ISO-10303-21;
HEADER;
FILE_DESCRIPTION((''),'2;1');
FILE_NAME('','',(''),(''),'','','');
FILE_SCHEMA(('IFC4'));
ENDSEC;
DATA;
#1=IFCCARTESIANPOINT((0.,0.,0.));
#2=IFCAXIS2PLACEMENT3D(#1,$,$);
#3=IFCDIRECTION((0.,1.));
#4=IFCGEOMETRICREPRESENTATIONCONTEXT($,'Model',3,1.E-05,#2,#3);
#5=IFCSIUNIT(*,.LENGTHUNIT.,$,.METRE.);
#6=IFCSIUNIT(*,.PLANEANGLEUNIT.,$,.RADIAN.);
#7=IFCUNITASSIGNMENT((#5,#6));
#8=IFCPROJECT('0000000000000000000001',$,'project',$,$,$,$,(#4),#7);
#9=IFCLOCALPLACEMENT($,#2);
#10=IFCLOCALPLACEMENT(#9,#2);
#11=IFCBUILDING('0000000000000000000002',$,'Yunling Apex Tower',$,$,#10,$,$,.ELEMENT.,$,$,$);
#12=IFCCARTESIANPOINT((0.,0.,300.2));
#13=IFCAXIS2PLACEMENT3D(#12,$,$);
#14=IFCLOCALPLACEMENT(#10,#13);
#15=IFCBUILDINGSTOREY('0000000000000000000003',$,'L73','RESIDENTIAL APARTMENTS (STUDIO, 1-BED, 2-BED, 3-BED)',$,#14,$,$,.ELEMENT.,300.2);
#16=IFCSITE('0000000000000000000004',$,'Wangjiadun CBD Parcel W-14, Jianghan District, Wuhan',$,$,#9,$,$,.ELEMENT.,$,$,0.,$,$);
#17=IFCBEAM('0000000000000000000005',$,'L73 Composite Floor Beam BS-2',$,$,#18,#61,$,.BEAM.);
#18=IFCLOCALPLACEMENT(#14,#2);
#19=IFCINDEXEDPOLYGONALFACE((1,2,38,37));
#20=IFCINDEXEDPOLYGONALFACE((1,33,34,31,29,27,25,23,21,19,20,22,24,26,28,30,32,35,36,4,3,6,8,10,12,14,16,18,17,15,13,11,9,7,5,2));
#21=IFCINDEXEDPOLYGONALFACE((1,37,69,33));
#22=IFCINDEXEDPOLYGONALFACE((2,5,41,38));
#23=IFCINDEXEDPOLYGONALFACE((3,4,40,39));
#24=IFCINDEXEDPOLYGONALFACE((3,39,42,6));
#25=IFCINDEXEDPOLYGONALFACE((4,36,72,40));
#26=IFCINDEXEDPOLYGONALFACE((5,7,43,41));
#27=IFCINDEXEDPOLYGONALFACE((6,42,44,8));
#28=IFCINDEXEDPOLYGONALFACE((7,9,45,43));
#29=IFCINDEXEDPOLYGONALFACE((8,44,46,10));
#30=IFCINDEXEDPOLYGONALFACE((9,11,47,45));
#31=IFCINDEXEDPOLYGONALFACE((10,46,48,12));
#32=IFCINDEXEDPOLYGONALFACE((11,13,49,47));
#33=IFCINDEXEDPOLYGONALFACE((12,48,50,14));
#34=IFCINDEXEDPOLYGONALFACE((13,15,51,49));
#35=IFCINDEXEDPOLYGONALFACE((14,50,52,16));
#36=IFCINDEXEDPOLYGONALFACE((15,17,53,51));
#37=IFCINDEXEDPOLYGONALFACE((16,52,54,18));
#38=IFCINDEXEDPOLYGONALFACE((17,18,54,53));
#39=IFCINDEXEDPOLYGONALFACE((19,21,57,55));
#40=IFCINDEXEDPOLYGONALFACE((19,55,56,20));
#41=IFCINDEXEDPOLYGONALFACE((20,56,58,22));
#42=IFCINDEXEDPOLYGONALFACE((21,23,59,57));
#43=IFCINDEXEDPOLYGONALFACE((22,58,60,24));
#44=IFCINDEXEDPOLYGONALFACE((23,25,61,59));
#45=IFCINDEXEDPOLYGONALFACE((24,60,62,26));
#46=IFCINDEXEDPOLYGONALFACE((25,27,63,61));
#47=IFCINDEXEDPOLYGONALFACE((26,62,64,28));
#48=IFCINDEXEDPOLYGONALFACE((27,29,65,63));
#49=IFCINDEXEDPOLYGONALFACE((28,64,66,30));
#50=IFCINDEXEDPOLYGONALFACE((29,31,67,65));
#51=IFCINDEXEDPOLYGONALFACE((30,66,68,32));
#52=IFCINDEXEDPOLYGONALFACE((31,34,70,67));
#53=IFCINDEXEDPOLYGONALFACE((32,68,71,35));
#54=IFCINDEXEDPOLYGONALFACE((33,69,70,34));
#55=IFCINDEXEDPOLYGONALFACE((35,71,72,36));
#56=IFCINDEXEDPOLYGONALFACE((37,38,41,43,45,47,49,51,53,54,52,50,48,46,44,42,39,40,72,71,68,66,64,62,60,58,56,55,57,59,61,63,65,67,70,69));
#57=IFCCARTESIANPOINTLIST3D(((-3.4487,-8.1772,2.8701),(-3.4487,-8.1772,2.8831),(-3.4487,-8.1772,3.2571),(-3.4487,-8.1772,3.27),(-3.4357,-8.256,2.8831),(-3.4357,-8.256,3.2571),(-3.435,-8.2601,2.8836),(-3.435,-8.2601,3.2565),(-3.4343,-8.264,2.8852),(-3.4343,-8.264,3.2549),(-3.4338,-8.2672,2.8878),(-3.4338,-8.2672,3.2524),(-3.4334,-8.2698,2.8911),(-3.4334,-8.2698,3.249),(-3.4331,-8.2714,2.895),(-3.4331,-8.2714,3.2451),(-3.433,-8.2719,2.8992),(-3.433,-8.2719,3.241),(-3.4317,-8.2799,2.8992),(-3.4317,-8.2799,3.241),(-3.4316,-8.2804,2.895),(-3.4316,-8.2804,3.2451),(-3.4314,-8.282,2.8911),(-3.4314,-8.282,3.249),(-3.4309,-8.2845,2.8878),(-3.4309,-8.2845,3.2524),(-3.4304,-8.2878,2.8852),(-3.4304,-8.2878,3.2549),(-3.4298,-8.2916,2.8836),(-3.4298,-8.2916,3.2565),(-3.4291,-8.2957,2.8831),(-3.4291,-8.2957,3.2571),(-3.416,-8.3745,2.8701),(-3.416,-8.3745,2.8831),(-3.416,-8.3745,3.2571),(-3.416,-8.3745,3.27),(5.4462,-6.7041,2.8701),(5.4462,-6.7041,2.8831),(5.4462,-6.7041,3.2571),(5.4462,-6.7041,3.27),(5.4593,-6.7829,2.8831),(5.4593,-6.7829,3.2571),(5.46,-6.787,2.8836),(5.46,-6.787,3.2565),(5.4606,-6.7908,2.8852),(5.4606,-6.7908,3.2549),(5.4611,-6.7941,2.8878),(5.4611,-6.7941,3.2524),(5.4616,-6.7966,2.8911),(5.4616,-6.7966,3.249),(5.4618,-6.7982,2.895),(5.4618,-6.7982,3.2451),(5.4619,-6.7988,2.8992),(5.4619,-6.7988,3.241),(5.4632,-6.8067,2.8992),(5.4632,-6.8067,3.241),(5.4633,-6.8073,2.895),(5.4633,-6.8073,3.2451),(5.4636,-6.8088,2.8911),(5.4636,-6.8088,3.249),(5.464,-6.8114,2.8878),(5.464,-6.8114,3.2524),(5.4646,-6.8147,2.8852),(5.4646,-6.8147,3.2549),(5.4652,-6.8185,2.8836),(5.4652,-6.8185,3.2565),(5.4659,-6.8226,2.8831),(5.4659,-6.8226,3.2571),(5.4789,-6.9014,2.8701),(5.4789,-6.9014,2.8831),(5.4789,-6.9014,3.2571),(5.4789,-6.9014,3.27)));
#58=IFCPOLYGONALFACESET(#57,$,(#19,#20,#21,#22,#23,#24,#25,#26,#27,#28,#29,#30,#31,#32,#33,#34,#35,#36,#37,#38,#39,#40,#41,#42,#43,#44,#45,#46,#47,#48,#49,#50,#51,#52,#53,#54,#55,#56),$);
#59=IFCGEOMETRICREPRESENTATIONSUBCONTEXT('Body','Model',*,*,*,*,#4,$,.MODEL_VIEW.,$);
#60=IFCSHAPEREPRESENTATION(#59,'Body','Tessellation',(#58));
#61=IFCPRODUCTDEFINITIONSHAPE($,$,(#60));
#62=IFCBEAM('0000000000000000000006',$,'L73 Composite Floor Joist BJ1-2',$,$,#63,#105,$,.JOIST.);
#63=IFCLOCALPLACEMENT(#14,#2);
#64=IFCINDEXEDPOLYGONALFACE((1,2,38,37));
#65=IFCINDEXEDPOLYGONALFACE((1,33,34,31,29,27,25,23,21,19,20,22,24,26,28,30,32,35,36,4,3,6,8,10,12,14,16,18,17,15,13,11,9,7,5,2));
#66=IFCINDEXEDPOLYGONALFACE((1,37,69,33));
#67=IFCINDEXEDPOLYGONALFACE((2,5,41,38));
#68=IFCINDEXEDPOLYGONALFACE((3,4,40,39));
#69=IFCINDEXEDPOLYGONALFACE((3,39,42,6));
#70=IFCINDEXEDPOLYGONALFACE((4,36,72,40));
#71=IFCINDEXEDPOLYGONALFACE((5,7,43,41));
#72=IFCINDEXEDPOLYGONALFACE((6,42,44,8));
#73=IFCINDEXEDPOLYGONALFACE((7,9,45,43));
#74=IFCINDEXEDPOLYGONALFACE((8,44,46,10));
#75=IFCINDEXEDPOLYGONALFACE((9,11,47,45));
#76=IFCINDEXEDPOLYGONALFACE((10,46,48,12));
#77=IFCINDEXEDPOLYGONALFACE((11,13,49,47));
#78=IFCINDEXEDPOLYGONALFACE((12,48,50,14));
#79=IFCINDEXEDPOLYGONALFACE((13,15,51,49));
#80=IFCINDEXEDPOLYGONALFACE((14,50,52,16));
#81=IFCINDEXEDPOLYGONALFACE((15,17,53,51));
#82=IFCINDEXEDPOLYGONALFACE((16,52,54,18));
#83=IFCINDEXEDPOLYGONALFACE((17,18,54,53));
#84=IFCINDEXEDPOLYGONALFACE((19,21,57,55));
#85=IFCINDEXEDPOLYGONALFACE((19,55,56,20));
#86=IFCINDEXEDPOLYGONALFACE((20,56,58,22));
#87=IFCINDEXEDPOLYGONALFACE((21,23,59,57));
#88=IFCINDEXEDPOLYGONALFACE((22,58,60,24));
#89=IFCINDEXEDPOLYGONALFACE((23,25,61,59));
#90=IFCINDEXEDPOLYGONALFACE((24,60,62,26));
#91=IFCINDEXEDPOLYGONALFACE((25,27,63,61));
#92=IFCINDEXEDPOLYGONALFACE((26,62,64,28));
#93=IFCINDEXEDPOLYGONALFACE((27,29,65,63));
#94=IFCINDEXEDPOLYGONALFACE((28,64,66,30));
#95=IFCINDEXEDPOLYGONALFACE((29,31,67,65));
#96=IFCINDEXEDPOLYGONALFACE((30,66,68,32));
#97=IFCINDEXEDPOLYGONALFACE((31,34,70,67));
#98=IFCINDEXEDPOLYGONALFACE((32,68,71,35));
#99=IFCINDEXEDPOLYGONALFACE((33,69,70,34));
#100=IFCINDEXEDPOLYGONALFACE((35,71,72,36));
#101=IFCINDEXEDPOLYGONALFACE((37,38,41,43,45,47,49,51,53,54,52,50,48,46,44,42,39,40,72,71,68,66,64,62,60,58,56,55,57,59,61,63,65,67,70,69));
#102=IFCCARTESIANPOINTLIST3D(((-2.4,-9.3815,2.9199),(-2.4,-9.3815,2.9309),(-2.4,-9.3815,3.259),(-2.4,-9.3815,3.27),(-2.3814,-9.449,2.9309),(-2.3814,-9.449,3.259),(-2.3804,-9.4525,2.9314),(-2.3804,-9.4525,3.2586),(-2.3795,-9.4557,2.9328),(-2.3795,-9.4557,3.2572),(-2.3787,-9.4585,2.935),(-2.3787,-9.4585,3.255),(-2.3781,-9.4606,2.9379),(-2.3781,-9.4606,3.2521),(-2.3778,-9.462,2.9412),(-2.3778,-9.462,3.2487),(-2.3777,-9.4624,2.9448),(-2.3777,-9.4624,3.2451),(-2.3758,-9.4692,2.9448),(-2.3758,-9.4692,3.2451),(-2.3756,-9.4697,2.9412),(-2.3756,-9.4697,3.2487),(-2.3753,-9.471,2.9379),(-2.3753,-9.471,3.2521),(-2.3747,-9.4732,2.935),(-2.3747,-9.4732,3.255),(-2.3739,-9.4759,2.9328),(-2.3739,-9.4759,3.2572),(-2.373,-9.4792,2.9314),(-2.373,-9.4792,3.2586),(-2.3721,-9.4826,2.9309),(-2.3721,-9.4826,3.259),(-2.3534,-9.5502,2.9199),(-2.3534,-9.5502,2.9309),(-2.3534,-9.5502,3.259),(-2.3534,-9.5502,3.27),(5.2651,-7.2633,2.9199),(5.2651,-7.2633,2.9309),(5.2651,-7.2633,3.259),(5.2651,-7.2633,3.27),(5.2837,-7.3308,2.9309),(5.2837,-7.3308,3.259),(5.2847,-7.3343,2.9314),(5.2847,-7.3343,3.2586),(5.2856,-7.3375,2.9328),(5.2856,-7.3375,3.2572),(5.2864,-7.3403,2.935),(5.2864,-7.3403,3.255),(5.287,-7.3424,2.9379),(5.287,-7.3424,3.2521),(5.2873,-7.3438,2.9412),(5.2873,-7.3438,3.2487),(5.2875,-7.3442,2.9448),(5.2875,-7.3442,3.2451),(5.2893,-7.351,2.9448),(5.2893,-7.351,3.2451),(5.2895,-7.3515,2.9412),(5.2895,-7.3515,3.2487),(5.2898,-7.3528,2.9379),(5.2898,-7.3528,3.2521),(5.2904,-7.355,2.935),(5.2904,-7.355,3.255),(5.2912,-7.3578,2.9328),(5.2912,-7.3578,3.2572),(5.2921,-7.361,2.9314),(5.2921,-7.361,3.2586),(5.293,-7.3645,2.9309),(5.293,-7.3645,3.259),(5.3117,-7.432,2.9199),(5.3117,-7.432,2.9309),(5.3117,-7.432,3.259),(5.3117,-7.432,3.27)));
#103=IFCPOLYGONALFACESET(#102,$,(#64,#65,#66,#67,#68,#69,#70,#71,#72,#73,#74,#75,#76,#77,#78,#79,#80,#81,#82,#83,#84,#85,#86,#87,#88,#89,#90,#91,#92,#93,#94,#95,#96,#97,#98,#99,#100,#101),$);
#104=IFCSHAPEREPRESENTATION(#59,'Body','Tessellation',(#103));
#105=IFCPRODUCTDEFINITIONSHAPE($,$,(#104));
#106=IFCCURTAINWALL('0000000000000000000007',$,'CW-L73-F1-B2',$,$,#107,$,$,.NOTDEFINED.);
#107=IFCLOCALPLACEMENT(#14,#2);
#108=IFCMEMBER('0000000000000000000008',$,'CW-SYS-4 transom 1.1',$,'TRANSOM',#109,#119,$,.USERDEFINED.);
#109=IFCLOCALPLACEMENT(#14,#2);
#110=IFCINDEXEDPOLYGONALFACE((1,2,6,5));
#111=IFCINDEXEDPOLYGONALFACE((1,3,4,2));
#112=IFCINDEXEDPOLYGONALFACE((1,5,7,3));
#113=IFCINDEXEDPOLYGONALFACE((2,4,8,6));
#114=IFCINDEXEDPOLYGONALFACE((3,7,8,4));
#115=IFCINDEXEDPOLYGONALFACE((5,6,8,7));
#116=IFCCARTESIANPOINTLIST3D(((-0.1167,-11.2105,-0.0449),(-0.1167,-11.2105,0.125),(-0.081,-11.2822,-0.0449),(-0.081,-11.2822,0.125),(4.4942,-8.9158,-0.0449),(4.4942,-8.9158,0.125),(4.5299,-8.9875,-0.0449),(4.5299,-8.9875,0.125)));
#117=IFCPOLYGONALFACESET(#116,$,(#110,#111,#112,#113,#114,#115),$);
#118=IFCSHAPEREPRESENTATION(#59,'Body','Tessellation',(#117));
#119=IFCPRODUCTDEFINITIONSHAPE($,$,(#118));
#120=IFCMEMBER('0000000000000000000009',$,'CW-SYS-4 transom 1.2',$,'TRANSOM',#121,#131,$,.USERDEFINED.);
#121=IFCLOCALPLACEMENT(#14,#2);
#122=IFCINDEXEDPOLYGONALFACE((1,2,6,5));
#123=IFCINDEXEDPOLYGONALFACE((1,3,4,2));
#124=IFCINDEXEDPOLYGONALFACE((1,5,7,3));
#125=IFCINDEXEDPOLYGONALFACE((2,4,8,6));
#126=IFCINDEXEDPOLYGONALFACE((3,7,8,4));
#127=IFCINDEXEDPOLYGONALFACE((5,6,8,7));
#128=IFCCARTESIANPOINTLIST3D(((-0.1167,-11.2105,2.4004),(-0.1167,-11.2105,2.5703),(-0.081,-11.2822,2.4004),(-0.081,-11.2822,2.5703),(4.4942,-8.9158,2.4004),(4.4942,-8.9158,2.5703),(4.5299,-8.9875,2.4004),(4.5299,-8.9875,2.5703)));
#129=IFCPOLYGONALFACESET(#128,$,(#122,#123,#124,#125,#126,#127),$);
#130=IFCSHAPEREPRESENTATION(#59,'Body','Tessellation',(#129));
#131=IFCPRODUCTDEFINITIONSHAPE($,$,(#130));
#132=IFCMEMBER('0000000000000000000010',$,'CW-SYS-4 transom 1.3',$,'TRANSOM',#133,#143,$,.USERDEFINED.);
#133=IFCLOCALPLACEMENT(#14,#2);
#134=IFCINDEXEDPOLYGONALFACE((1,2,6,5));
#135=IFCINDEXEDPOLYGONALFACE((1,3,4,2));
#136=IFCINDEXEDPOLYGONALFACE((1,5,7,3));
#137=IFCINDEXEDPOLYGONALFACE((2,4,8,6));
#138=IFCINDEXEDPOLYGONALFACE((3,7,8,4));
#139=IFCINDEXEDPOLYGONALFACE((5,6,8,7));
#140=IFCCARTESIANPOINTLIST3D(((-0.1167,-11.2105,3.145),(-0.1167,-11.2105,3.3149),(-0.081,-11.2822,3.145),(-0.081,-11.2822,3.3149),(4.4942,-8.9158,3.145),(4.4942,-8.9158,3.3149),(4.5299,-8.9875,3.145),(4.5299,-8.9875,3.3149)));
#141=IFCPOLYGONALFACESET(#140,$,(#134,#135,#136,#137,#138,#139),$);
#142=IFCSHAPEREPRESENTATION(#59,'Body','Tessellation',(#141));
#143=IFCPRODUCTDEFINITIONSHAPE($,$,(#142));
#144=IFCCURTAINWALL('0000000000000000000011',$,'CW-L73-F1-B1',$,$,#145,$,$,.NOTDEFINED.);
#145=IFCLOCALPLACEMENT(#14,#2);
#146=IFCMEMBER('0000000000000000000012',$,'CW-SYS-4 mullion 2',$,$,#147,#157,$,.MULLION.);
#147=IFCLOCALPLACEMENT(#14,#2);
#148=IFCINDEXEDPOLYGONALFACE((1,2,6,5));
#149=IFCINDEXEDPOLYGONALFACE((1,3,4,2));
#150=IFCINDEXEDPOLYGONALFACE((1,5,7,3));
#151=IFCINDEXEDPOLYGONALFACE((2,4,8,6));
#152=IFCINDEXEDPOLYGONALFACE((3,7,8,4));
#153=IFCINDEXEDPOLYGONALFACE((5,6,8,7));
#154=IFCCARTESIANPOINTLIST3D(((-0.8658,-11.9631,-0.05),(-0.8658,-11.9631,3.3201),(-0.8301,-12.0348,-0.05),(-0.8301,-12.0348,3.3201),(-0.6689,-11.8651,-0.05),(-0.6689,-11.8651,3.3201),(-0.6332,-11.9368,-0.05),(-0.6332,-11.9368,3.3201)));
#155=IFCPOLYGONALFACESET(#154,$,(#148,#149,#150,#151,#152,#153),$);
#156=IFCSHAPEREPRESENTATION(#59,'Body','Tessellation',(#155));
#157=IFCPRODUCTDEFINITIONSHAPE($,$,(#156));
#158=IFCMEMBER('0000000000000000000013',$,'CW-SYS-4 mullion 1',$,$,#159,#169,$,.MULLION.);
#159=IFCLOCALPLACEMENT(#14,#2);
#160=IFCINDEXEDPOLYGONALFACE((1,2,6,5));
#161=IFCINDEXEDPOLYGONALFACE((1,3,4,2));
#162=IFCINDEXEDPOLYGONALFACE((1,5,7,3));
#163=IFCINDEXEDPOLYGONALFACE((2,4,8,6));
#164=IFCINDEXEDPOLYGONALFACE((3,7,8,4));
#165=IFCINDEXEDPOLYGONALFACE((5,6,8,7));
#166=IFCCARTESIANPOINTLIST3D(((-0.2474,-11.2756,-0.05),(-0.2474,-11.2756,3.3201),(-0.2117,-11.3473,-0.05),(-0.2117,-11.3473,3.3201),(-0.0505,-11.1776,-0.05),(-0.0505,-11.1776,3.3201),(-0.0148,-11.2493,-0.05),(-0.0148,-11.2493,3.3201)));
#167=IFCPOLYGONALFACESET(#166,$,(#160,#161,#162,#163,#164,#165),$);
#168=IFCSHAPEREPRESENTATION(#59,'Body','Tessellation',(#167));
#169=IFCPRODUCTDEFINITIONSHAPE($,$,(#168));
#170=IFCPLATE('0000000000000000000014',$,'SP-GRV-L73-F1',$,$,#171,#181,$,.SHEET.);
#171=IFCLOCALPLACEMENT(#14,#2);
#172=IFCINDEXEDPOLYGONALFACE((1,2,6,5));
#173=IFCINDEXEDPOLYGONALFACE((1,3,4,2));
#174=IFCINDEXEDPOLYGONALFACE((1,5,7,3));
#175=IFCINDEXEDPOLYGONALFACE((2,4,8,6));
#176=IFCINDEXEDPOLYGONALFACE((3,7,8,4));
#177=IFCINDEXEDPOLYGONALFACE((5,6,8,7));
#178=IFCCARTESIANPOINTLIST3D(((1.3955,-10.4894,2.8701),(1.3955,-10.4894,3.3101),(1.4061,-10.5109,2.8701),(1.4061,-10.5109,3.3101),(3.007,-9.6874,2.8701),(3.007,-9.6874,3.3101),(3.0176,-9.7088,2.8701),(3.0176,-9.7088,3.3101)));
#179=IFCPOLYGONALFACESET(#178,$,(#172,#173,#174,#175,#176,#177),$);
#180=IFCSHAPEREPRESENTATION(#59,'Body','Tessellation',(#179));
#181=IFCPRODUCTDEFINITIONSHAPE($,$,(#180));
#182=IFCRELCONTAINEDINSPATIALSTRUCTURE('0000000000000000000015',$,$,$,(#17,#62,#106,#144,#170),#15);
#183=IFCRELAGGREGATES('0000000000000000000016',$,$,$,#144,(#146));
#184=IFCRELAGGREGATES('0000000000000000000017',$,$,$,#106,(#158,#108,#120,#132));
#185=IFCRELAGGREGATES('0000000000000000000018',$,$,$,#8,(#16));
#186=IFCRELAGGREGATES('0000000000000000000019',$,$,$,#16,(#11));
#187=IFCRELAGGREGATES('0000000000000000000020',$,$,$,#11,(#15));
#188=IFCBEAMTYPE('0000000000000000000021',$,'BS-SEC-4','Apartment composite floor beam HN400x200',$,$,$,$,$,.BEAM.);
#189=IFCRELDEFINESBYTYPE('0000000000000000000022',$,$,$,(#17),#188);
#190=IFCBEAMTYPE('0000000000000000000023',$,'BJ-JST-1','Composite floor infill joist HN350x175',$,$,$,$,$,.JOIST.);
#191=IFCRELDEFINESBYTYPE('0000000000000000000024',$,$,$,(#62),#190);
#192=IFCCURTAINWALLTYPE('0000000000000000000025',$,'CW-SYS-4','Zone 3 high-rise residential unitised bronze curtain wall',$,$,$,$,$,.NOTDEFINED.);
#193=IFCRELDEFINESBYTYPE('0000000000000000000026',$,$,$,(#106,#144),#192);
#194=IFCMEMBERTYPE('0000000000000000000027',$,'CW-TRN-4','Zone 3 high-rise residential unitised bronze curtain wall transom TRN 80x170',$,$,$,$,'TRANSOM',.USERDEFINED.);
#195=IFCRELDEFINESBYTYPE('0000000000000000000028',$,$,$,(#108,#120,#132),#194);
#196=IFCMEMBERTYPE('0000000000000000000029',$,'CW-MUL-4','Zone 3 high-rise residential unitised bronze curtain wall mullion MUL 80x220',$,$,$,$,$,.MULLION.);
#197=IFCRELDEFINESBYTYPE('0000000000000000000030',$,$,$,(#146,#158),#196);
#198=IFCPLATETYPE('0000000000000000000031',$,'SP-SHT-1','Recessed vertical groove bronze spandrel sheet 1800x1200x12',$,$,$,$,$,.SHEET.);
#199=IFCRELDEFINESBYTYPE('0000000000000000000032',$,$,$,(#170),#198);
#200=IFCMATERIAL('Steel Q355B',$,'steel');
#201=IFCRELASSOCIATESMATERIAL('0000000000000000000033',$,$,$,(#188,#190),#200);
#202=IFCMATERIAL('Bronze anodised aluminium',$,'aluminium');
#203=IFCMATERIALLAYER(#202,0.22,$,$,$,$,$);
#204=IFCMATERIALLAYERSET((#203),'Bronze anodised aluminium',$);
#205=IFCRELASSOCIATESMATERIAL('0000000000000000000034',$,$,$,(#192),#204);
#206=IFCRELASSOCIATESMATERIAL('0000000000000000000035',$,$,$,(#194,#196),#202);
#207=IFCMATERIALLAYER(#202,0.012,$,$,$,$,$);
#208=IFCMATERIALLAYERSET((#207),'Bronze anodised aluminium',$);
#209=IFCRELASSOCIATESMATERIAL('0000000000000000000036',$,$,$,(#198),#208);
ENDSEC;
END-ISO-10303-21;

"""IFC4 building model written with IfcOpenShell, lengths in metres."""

from ifc_helpers import new_model, si_unit, direction, frame, origin, origin_2d, place, context, subcontext, project, spatial, rectangle, i_section, extrude, source, transform, mapped, material, layer, layer_set, material_profile, profile_set, type_object, element, aggregate, save


model = new_model("IFC4")

# Units and contexts
model_context = context("Model", 3, precision=1e-05, world=origin(), true_north=direction((0.0, 1.0)))
body_context = subcontext(model_context, "Body", "Model", "MODEL_VIEW")
ifc_project = project(units=[si_unit("LENGTHUNIT", "METRE"), si_unit("PLANEANGLEUNIT", "RADIAN")], contexts=[model_context])

# Site, building, storey
site_placement = place(None, origin())
site = spatial("IfcSite", under=ifc_project, at=site_placement, Name="Wangjiadun CBD Parcel W-14, Jianghan District, Wuhan", CompositionType="ELEMENT", RefElevation=0.0)
building_placement = place(site_placement, origin())
building = spatial("IfcBuilding", under=site, at=building_placement, Name="Yunling Apex Tower", CompositionType="ELEMENT")
storey_placement = place(building_placement, frame((0.0, 0.0, 300.2)))
storey = spatial("IfcBuildingStorey", under=building, at=storey_placement, Name="L73", Description="RESIDENTIAL APARTMENTS (STUDIO, 1-BED, 2-BED, 3-BED)", CompositionType="ELEMENT", Elevation=300.2)

# Shared definitions
ifc_material_1 = material(Name="Steel Q355B", Category="steel")

# Beams
ifc_material_profile_1 = material_profile(ifc_material_1, i_section(OverallWidth=0.2, OverallDepth=0.3999, WebThickness=0.0081, FlangeThickness=0.0129, FilletRadius=0.0161, at=origin_2d()))
ifc_profile_set_1 = profile_set([ifc_material_profile_1], Name="Steel Q355B")
beam_type_1 = type_object("IfcBeamType", Name="BS-SEC-4", Description="Apartment composite floor beam HN400x200", PredefinedType="BEAM", material=ifc_profile_set_1)
shared_shape_1 = source(origin(), body_context, "Body", "SweptSolid", [
    extrude(i_section(OverallWidth=0.2, OverallDepth=0.3999, WebThickness=0.0081, FlangeThickness=0.0129, FilletRadius=0.0161, at=origin_2d()), origin(), (0.0, 0.0, 1.0), 9.0161),
])
beam_1_placement = place(storey_placement, frame((-3.4324, -8.2759, 3.0701), z_axis=(0.986562, 0.163389, 0.0), x_axis=(-0.163389, 0.986562, 0.0)))
element("IfcBeam", 1, at=beam_1_placement, inside=storey, type_object=beam_type_1, Name="L73 Composite Floor Beam BS-2", PredefinedType="BEAM", context=body_context, shape_type="MappedRepresentation", body=[
    mapped(shared_shape_1, transform((0.0, 0.0, 0.0), scale=1.0)),
])
ifc_material_profile_2 = material_profile(ifc_material_1, i_section(OverallWidth=0.175, OverallDepth=0.3501, WebThickness=0.0071, FlangeThickness=0.011, FilletRadius=0.0139, at=origin_2d()))
ifc_profile_set_2 = profile_set([ifc_material_profile_2], Name="Steel Q355B")
beam_type_2 = type_object("IfcBeamType", Name="BJ-JST-1", Description="Composite floor infill joist HN350x175", PredefinedType="JOIST", material=ifc_profile_set_2)
shared_shape_2 = source(origin(), body_context, "Body", "SweptSolid", [
    extrude(i_section(OverallWidth=0.175, OverallDepth=0.3501, WebThickness=0.0071, FlangeThickness=0.011, FilletRadius=0.0139, at=origin_2d()), origin(), (0.0, 0.0, 1.0), 7.9524),
])
beam_2_placement = place(storey_placement, frame((-2.3767, -9.4658, 3.095), z_axis=(0.963874, 0.266358, 0.0), x_axis=(-0.266358, 0.963874, 0.0)))
element("IfcBeam", 2, at=beam_2_placement, inside=storey, type_object=beam_type_2, Name="L73 Composite Floor Joist BJ1-2", PredefinedType="JOIST", context=body_context, shape_type="MappedRepresentation", body=[
    mapped(shared_shape_2, transform((0.0, 0.0, 0.0), scale=1.0)),
])

# Curtain wall, members
ifc_material_2 = material(Name="Bronze anodised aluminium", Category="aluminium")
ifc_layer_1 = layer(ifc_material_2, 0.22)
ifc_layer_set_1 = layer_set([ifc_layer_1], Name="Bronze anodised aluminium")
curtain_wall_type = type_object("IfcCurtainWallType", Name="CW-SYS-4", Description="Zone 3 high-rise residential unitised bronze curtain wall", PredefinedType="NOTDEFINED", material=ifc_layer_set_1)
curtain_wall_1_placement = place(storey_placement, origin())
curtain_wall_1 = element("IfcCurtainWall", 3, at=curtain_wall_1_placement, inside=storey, type_object=curtain_wall_type, Name="CW-L73-F1-B2", PredefinedType="NOTDEFINED")
ifc_material_profile_3 = material_profile(ifc_material_2, rectangle(XDim=0.0801, YDim=0.1699, at=origin_2d()))
ifc_profile_set_3 = profile_set([ifc_material_profile_3], Name="Bronze anodised aluminium")
member_type_1 = type_object("IfcMemberType", Name="CW-TRN-4", Description="Zone 3 high-rise residential unitised bronze curtain wall transom TRN 80x170", ElementType="TRANSOM", PredefinedType="USERDEFINED", material=ifc_profile_set_3)
shared_shape_3 = source(origin(), body_context, "Body", "SweptSolid", [
    extrude(rectangle(XDim=0.0801, YDim=0.1699, at=origin_2d()), origin(), (0.0, 0.0, 1.0), 5.1504),
])
member_1_placement = place(storey_placement, frame((-0.0989, -11.2463, 0.04), z_axis=(0.89526, 0.445544, 0.0), x_axis=(-0.445544, 0.89526, 0.0)))
member_1 = element("IfcMember", 4, at=member_1_placement, type_object=member_type_1, Name="CW-SYS-4 transom 1.1", ObjectType="TRANSOM", PredefinedType="USERDEFINED", context=body_context, shape_type="MappedRepresentation", body=[
    mapped(shared_shape_3, transform((0.0, 0.0, 0.0), scale=1.0)),
])
member_2_placement = place(storey_placement, frame((-0.0989, -11.2463, 2.4854), z_axis=(0.89526, 0.445544, 0.0), x_axis=(-0.445544, 0.89526, 0.0)))
member_2 = element("IfcMember", 5, at=member_2_placement, type_object=member_type_1, Name="CW-SYS-4 transom 1.2", ObjectType="TRANSOM", PredefinedType="USERDEFINED", context=body_context, shape_type="MappedRepresentation", body=[
    mapped(shared_shape_3, transform((0.0, 0.0, 0.0), scale=1.0)),
])
member_3_placement = place(storey_placement, frame((-0.0989, -11.2463, 3.23), z_axis=(0.89526, 0.445544, 0.0), x_axis=(-0.445544, 0.89526, 0.0)))
member_3 = element("IfcMember", 6, at=member_3_placement, type_object=member_type_1, Name="CW-SYS-4 transom 1.3", ObjectType="TRANSOM", PredefinedType="USERDEFINED", context=body_context, shape_type="MappedRepresentation", body=[
    mapped(shared_shape_3, transform((0.0, 0.0, 0.0), scale=1.0)),
])

# Curtain wall, member
curtain_wall_2_placement = place(storey_placement, origin())
curtain_wall_2 = element("IfcCurtainWall", 7, at=curtain_wall_2_placement, inside=storey, type_object=curtain_wall_type, Name="CW-L73-F1-B1", PredefinedType="NOTDEFINED")
ifc_material_profile_4 = material_profile(ifc_material_2, rectangle(XDim=0.0801, YDim=0.22, at=origin_2d()))
ifc_profile_set_4 = profile_set([ifc_material_profile_4], Name="Bronze anodised aluminium")
member_type_2 = type_object("IfcMemberType", Name="CW-MUL-4", Description="Zone 3 high-rise residential unitised bronze curtain wall mullion MUL 80x220", PredefinedType="MULLION", material=ifc_profile_set_4)
shared_shape_4 = source(origin(), body_context, "Body", "SweptSolid", [
    extrude(rectangle(XDim=0.0801, YDim=0.22, at=origin_2d()), origin(), (0.0, 0.0, 1.0), 3.3701),
])
member_4_placement = place(storey_placement, frame((-0.7495, -11.95, -0.05), z_axis=(0.0, 0.0, 1.0), x_axis=(-0.445568, 0.895248, 0.0)))
member_4 = element("IfcMember", 8, at=member_4_placement, type_object=member_type_2, Name="CW-SYS-4 mullion 2", PredefinedType="MULLION", context=body_context, shape_type="MappedRepresentation", body=[
    mapped(shared_shape_4, transform((0.0, 0.0, 0.0), scale=1.0)),
])
aggregate(curtain_wall_2, [member_4])

# Member
member_5_placement = place(storey_placement, frame((-0.1311, -11.2625, -0.05), z_axis=(0.0, 0.0, 1.0), x_axis=(-0.445561, 0.895252, 0.0)))
member_5 = element("IfcMember", 9, at=member_5_placement, type_object=member_type_2, Name="CW-SYS-4 mullion 1", PredefinedType="MULLION", context=body_context, shape_type="MappedRepresentation", body=[
    mapped(shared_shape_4, transform((0.0, 0.0, 0.0), scale=1.0)),
])

# Plate
ifc_layer_2 = layer(ifc_material_2, 0.012)
ifc_layer_set_2 = layer_set([ifc_layer_2], Name="Bronze anodised aluminium")
plate_type_1 = type_object("IfcPlateType", Name="SP-SHT-1", Description="Recessed vertical groove bronze spandrel sheet 1800x1200x12", PredefinedType="SHEET", material=ifc_layer_set_2)
shared_shape_5 = source(origin(), body_context, "Body", "SweptSolid", [
    extrude(rectangle(XDim=1.8, YDim=0.0239, at=origin_2d()), origin(), (0.0, 0.0, 1.0), 0.4399),
])
plate_1_placement = place(storey_placement, frame((2.2065, -10.0991, 2.8701), z_axis=(0.0, 0.0, 1.0), x_axis=(0.895246, 0.445573, 0.0)))
element("IfcPlate", 10, at=plate_1_placement, inside=storey, type_object=plate_type_1, Name="SP-GRV-L73-F1", PredefinedType="SHEET", context=body_context, shape_type="MappedRepresentation", body=[
    mapped(shared_shape_5, transform((0.0, 0.0, 0.0), scale=1.0)),
])
aggregate(curtain_wall_1, [member_5, member_1, member_2, member_3])

save(model, "model.ifc")
